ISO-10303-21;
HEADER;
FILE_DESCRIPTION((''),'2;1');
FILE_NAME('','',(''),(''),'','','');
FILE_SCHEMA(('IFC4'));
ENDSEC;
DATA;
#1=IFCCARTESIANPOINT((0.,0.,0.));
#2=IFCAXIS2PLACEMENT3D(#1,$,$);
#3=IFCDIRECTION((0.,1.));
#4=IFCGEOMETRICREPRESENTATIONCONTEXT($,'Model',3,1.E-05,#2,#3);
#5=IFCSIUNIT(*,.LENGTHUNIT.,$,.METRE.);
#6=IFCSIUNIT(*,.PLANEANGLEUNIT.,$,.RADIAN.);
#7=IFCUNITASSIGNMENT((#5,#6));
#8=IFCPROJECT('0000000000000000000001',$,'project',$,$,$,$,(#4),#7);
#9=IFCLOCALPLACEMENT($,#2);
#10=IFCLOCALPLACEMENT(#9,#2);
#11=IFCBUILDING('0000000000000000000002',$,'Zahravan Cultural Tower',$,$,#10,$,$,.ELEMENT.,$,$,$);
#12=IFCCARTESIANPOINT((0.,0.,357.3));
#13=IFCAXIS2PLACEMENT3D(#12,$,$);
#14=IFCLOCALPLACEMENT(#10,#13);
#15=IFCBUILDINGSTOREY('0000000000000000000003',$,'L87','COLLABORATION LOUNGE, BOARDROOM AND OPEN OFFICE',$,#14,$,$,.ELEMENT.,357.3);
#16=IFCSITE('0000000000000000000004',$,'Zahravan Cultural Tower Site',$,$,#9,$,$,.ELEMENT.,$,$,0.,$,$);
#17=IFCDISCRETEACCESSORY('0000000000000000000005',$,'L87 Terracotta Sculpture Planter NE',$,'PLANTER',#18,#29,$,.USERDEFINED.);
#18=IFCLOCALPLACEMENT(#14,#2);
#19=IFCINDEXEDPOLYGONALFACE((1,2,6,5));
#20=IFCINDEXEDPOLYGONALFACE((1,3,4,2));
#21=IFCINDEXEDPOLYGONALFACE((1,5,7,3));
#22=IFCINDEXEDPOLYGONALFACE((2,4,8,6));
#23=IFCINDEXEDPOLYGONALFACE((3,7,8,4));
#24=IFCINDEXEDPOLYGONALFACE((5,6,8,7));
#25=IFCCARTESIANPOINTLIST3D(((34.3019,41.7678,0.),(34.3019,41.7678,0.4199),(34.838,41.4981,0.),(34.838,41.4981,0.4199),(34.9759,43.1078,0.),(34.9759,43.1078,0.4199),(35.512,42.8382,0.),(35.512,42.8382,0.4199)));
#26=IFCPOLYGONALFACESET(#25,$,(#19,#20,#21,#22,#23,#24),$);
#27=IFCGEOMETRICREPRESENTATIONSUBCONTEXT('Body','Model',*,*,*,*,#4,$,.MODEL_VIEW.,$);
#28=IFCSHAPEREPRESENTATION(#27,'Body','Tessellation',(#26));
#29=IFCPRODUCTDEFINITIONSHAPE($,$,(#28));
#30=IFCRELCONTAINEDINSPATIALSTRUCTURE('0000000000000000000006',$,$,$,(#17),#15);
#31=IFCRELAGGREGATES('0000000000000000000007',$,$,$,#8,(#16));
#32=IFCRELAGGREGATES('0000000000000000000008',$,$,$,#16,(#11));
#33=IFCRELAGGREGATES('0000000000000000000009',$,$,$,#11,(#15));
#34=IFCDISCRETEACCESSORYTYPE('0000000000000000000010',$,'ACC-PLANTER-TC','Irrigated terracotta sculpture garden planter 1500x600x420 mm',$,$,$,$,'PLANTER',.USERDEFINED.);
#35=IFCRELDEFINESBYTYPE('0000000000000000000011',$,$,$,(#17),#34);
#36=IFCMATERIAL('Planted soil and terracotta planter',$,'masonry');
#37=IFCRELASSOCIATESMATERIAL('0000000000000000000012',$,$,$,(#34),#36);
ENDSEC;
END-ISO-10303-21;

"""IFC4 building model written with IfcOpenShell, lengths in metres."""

from ifc_helpers import new_model, si_unit, direction, frame, origin, origin_2d, place, context, subcontext, project, spatial, rectangle, extrude, source, transform, mapped, material, type_object, element, save


model = new_model("IFC4")

# Units and contexts
model_context = context("Model", 3, precision=1e-05, world=origin(), true_north=direction((0.0, 1.0)))
body_context = subcontext(model_context, "Body", "Model", "MODEL_VIEW")
ifc_project = project(units=[si_unit("LENGTHUNIT", "METRE"), si_unit("PLANEANGLEUNIT", "RADIAN")], contexts=[model_context])

# Site, building, storey
site_placement = place(None, origin())
site = spatial("IfcSite", under=ifc_project, at=site_placement, Name="Zahravan Cultural Tower Site", CompositionType="ELEMENT", RefElevation=0.0)
building_placement = place(site_placement, origin())
building = spatial("IfcBuilding", under=site, at=building_placement, Name="Zahravan Cultural Tower", CompositionType="ELEMENT")
storey_placement = place(building_placement, frame((0.0, 0.0, 357.3)))
storey = spatial("IfcBuildingStorey", under=building, at=storey_placement, Name="L87", Description="COLLABORATION LOUNGE, BOARDROOM AND OPEN OFFICE", CompositionType="ELEMENT", Elevation=357.3)

# Discrete accessory
ifc_material_1 = material(Name="Planted soil and terracotta planter", Category="masonry")
discrete_accessory_type = type_object("IfcDiscreteAccessoryType", Name="ACC-PLANTER-TC", Description="Irrigated terracotta sculpture garden planter 1500x600x420 mm", ElementType="PLANTER", PredefinedType="USERDEFINED", material=ifc_material_1)
shared_shape_1 = source(origin(), body_context, "Body", "SweptSolid", [
    extrude(rectangle(XDim=1.5, YDim=0.6001, at=origin_2d()), origin(), (0.0, 0.0, 1.0), 0.4199),
])
discrete_accessory_placement = place(storey_placement, frame((34.907, 42.303, 0.0), z_axis=(0.0, 0.0, 1.0), x_axis=(0.449319, 0.893371, 0.0)))
element("IfcDiscreteAccessory", 1, at=discrete_accessory_placement, inside=storey, type_object=discrete_accessory_type, Name="L87 Terracotta Sculpture Planter NE", ObjectType="PLANTER", PredefinedType="USERDEFINED", context=body_context, shape_type="MappedRepresentation", body=[
    mapped(shared_shape_1, transform((0.0, 0.0, 0.0), x_axis=(1.0, 0.0, 0.0), y_axis=(0.0, 1.0, 0.0), z_axis=(0.0, 0.0, 1.0), scale=1.0)),
])

save(model, "model.ifc")
